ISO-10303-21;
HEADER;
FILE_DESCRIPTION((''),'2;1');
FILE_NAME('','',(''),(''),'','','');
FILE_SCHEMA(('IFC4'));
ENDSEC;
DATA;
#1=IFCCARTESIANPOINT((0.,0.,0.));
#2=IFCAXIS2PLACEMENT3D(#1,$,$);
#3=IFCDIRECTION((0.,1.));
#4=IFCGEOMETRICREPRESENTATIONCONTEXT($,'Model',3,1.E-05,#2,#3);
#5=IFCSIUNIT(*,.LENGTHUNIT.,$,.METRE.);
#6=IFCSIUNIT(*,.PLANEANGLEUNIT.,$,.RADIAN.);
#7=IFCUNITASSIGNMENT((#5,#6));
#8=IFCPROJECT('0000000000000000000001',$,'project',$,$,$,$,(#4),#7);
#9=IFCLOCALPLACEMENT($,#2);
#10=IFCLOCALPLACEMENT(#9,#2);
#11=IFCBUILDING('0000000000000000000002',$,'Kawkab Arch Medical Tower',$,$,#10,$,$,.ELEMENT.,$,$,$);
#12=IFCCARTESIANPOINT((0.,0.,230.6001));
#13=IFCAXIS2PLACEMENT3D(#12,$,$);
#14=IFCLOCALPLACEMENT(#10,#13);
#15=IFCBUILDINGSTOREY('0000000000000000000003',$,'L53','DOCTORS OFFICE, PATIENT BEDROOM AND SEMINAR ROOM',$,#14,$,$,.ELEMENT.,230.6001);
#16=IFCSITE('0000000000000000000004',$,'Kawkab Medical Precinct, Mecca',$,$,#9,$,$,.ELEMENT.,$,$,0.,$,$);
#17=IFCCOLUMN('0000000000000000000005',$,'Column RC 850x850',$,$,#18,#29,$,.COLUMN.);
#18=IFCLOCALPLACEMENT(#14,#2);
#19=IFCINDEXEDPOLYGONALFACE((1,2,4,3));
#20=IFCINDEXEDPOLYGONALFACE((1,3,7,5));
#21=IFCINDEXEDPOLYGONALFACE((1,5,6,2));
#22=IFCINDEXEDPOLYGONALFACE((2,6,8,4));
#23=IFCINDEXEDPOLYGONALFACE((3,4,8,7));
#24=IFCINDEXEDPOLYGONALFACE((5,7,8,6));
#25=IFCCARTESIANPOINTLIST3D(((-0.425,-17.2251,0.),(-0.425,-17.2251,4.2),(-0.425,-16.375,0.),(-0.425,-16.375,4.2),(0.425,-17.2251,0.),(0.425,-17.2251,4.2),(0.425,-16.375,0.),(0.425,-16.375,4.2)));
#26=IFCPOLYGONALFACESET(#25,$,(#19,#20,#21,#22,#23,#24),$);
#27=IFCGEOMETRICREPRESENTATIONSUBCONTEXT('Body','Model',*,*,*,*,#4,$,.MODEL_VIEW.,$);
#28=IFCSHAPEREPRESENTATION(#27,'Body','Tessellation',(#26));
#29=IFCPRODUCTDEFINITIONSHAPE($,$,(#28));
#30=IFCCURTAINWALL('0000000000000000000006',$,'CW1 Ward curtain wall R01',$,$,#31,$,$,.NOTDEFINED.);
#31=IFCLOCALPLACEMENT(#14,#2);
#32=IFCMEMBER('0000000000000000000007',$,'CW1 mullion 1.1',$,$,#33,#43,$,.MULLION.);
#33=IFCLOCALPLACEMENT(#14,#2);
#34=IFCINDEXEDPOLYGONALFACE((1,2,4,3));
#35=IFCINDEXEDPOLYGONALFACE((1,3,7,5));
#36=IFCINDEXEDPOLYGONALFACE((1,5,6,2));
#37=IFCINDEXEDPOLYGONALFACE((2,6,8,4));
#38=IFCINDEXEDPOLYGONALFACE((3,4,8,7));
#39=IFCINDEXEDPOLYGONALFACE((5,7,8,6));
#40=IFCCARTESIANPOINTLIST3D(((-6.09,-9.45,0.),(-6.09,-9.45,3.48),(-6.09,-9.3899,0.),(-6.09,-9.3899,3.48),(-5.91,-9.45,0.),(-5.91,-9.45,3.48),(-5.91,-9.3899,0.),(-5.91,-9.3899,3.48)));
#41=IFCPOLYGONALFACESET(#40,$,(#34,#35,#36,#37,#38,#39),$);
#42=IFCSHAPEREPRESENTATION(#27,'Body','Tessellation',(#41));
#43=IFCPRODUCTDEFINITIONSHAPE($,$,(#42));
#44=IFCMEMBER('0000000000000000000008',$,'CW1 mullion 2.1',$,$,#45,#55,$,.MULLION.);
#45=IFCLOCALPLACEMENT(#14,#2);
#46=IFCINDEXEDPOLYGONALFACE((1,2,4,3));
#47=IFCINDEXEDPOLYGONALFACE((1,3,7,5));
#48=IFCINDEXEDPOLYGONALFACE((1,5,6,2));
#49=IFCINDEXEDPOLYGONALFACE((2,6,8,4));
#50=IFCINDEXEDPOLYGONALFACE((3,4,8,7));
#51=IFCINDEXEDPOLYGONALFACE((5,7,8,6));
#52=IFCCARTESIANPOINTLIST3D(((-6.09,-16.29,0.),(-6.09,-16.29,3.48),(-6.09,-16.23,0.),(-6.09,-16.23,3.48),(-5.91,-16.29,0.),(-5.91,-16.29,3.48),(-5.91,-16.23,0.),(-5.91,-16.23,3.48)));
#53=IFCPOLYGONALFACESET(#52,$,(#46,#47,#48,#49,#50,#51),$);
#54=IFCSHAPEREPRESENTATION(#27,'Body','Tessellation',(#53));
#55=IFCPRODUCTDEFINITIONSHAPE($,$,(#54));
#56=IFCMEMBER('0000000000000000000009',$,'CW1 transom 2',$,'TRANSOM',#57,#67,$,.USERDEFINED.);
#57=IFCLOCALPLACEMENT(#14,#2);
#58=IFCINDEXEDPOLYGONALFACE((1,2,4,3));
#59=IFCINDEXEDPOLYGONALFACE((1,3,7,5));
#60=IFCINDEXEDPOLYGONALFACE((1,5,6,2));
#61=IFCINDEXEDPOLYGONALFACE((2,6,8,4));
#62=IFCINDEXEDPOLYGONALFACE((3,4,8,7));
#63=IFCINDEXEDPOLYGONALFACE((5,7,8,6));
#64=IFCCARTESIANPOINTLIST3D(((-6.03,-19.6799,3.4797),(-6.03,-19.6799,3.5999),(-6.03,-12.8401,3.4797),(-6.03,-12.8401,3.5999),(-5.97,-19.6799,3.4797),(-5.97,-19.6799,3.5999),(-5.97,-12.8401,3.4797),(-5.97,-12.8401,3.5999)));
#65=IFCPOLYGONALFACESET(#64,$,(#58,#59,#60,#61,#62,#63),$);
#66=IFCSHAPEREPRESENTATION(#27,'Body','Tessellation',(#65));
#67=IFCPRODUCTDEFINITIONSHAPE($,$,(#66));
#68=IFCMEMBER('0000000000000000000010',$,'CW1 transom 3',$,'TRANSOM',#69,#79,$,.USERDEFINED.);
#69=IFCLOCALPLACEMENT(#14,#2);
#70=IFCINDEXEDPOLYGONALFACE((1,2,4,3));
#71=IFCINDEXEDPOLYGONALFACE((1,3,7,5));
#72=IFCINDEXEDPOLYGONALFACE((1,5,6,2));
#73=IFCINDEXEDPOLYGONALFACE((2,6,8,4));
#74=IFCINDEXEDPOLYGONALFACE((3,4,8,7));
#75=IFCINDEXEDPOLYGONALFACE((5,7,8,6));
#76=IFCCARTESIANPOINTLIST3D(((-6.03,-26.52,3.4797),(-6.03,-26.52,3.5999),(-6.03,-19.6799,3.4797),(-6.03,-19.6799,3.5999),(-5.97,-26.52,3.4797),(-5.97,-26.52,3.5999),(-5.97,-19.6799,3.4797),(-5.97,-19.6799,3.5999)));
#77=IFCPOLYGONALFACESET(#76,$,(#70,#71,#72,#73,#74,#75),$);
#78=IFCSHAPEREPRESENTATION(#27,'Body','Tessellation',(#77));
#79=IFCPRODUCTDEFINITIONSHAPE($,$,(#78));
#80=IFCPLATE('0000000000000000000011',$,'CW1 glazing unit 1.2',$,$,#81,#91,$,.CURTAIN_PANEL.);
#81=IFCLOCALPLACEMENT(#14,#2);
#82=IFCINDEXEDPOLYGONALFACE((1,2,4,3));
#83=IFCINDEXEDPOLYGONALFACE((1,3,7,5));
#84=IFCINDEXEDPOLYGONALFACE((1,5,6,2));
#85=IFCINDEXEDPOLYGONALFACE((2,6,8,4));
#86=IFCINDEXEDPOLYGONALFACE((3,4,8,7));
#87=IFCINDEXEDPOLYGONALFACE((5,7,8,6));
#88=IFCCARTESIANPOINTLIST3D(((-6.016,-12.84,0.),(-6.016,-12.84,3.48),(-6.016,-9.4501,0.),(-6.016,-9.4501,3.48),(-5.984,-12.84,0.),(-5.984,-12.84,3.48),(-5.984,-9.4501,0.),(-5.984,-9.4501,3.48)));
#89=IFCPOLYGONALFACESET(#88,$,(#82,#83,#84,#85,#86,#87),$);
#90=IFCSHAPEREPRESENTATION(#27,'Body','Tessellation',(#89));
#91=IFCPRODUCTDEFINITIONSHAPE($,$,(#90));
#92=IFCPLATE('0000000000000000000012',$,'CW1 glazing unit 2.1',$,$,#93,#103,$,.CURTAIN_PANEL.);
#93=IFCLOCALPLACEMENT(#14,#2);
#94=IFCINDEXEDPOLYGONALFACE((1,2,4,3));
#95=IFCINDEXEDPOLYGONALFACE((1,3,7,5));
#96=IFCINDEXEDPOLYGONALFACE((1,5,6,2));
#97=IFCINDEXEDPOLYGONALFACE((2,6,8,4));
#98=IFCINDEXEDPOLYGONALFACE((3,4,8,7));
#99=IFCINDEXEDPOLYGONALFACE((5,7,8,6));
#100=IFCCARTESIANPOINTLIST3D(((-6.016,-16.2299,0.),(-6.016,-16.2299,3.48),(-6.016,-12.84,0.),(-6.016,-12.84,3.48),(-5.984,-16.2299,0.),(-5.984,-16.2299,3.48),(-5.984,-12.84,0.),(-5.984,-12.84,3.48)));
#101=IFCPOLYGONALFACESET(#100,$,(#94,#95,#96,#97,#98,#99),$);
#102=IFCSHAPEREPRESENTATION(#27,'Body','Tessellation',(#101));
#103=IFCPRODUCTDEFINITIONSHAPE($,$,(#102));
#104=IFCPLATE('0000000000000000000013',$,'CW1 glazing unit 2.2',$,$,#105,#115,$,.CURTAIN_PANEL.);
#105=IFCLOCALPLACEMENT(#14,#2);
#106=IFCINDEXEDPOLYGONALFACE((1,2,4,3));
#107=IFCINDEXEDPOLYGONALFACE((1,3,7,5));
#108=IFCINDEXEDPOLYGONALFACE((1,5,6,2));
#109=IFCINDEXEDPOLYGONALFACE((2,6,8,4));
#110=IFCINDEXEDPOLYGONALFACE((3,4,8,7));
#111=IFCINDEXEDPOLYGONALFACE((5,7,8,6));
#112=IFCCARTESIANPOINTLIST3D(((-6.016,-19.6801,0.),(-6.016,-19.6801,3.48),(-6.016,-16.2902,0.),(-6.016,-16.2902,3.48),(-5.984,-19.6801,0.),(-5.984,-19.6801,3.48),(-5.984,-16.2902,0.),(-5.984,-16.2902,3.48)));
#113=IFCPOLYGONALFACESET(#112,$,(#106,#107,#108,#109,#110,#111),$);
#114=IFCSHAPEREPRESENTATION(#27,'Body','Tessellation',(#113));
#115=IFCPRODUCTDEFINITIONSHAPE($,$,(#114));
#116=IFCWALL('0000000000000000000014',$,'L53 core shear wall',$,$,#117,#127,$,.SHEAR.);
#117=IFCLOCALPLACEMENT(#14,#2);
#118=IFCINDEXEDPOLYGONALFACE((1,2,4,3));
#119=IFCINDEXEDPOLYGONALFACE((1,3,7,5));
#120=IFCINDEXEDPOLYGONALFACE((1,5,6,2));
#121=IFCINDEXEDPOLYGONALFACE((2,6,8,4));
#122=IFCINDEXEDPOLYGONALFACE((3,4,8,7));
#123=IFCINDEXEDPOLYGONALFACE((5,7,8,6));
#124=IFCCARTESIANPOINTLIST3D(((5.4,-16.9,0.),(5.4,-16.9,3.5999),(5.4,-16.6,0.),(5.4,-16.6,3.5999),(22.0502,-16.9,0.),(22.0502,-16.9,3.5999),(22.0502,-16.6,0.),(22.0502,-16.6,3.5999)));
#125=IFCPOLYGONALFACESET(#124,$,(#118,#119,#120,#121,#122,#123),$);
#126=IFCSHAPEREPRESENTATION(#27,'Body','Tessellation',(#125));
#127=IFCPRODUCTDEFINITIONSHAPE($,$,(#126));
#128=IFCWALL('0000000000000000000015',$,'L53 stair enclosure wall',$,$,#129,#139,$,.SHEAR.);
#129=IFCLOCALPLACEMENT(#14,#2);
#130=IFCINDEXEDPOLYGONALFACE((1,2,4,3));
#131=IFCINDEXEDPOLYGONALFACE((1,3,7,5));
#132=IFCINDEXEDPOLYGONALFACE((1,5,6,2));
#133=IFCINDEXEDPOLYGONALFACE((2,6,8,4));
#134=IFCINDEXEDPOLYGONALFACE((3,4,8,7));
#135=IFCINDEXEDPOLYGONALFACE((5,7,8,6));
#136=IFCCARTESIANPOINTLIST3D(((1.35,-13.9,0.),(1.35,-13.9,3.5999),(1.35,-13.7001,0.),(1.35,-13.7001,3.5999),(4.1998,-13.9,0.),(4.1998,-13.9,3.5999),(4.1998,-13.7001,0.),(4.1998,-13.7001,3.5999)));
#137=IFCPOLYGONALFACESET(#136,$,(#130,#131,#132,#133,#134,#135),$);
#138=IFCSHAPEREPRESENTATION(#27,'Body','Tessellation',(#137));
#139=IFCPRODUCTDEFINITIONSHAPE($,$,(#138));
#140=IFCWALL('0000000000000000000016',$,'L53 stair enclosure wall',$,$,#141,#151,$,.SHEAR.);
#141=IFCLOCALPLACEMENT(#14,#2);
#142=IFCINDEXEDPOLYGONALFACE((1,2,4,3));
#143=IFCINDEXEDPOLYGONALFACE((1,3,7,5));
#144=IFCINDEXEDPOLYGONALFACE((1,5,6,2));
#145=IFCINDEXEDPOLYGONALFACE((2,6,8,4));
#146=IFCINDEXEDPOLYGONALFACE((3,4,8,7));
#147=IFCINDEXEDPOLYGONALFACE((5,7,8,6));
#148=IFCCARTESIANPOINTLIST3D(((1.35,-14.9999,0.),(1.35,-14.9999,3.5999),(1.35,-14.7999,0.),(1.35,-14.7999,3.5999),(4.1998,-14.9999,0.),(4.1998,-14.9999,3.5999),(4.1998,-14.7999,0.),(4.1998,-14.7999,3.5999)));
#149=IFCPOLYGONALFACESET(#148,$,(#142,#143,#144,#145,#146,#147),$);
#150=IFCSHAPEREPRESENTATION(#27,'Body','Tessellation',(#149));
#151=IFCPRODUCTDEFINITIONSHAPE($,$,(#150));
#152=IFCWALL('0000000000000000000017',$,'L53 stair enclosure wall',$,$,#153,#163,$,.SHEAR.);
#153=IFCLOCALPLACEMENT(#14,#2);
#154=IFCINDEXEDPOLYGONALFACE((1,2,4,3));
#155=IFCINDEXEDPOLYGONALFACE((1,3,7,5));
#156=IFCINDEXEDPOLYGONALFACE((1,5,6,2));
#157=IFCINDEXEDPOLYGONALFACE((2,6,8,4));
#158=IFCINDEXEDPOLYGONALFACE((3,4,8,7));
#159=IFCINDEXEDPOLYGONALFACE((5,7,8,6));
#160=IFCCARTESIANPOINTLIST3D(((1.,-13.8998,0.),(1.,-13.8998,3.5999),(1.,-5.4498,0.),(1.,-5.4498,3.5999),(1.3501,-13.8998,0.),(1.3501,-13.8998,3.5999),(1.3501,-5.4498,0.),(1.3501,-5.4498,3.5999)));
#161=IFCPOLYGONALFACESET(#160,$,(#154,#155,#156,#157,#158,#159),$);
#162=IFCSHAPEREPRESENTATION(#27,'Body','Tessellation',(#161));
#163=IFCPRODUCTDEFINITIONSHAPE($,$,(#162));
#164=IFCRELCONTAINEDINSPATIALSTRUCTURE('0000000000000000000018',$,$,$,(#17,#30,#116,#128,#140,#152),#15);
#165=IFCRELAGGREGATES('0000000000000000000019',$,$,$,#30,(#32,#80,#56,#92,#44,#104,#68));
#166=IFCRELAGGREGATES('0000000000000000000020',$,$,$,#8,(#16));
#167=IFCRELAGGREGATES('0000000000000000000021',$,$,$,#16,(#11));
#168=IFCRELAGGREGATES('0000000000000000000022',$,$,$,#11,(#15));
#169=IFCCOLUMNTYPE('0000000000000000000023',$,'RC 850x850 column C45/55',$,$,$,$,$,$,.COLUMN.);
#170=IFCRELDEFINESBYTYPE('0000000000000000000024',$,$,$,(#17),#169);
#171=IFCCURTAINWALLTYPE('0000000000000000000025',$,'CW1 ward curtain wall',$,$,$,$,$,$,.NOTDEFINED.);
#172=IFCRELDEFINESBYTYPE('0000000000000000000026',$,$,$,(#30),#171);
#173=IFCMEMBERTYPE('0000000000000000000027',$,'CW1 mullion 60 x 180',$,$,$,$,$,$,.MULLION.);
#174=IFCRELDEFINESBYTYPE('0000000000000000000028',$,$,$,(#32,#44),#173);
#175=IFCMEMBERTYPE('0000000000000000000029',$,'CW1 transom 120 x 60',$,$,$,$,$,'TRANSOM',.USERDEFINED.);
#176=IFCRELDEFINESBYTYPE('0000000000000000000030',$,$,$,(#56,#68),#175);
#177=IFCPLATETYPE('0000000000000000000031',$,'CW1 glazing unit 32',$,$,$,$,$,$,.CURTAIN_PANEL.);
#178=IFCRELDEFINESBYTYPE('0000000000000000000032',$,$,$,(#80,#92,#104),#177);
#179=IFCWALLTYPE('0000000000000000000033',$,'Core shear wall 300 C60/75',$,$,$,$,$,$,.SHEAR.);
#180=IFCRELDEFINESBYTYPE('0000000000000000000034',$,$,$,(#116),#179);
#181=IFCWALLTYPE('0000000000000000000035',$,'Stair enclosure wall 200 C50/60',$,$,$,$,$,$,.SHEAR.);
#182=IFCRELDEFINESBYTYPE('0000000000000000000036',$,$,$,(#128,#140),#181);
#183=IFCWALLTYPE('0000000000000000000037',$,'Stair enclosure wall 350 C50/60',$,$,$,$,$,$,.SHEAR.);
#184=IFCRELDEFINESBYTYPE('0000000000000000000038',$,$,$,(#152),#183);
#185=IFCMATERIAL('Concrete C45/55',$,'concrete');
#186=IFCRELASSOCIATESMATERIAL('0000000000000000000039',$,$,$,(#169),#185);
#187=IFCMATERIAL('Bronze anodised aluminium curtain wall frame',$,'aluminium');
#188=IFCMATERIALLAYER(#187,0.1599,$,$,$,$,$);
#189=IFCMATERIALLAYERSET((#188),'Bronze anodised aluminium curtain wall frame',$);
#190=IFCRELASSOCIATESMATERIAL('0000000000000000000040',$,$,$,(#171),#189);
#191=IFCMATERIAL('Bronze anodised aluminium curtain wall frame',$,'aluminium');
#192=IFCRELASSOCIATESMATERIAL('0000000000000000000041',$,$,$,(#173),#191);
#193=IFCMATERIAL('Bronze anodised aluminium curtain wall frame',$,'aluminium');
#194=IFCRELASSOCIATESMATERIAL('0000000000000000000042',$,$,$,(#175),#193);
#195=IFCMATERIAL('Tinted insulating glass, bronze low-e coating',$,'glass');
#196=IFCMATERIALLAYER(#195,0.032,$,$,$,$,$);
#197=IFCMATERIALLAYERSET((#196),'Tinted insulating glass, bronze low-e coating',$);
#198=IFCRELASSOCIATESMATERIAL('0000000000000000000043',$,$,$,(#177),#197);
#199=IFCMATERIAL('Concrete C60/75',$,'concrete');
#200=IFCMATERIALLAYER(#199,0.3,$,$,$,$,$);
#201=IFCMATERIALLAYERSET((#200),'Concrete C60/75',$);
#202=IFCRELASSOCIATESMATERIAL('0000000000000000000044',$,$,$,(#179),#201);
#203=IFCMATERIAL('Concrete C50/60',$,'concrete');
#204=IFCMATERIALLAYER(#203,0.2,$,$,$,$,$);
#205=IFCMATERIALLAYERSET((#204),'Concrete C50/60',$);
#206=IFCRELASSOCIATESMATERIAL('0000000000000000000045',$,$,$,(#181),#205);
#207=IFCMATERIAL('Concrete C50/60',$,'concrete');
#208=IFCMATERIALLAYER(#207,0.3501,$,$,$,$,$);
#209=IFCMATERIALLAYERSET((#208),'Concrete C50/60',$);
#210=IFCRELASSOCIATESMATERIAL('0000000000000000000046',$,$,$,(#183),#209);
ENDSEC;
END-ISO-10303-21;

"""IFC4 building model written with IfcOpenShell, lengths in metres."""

from ifc_helpers import new_model, si_unit, direction, frame, frame_2d, origin, origin_2d, place, context, subcontext, project, spatial, rectangle, extrude, material, layer, layer_set, material_profile, profile_set, type_object, element, aggregate, save


model = new_model("IFC4")

# Units and contexts
model_context = context("Model", 3, precision=1e-05, world=origin(), true_north=direction((0.0, 1.0)))
body_context = subcontext(model_context, "Body", "Model", "MODEL_VIEW")
ifc_project = project(units=[si_unit("LENGTHUNIT", "METRE"), si_unit("PLANEANGLEUNIT", "RADIAN")], contexts=[model_context])

# Site, building, storey
site_placement = place(None, origin())
site = spatial("IfcSite", under=ifc_project, at=site_placement, Name="Kawkab Medical Precinct, Mecca", CompositionType="ELEMENT", RefElevation=0.0)
building_placement = place(site_placement, origin())
building = spatial("IfcBuilding", under=site, at=building_placement, Name="Kawkab Arch Medical Tower", CompositionType="ELEMENT")
storey_placement = place(building_placement, frame((0.0, 0.0, 230.6001)))
storey = spatial("IfcBuildingStorey", under=building, at=storey_placement, Name="L53", Description="DOCTORS OFFICE, PATIENT BEDROOM AND SEMINAR ROOM", CompositionType="ELEMENT", Elevation=230.6001)

# Column
ifc_material_1 = material(Name="Concrete C45/55", Category="concrete")
ifc_material_profile_1 = material_profile(ifc_material_1, rectangle(XDim=0.8501, YDim=0.8501, at=origin_2d()), Name="RC 850x850")
ifc_profile_set_1 = profile_set([ifc_material_profile_1], Name="Concrete C45/55")
column_type = type_object("IfcColumnType", Name="RC 850x850 column C45/55", PredefinedType="COLUMN", material=ifc_profile_set_1)
column_placement = place(storey_placement, frame((0.0, -16.8, 0.0), z_axis=(0.0, 0.0, 1.0), x_axis=(1.0, 0.0, 0.0)))
element("IfcColumn", 1, at=column_placement, inside=storey, type_object=column_type, Name="Column RC 850x850", PredefinedType="COLUMN", context=body_context, shape_type="SweptSolid", body=[
    extrude(rectangle(XDim=0.8501, YDim=0.8501, at=origin_2d()), origin(), (0.0, 0.0, 1.0), 4.2),
])

# Curtain wall, members, plates
ifc_material_2 = material(Name="Bronze anodised aluminium curtain wall frame", Category="aluminium")
ifc_layer_1 = layer(ifc_material_2, 0.1599)
ifc_layer_set_1 = layer_set([ifc_layer_1], Name="Bronze anodised aluminium curtain wall frame")
curtain_wall_type = type_object("IfcCurtainWallType", Name="CW1 ward curtain wall", PredefinedType="NOTDEFINED", material=ifc_layer_set_1)
placement = place(storey_placement, origin())
curtain_wall = element("IfcCurtainWall", 2, at=placement, inside=storey, type_object=curtain_wall_type, Name="CW1 Ward curtain wall R01", PredefinedType="NOTDEFINED")
ifc_material_3 = material(Name="Bronze anodised aluminium curtain wall frame", Category="aluminium")
ifc_material_profile_2 = material_profile(ifc_material_3, rectangle(XDim=0.1799, YDim=0.0601, at=origin_2d()), Name="AL 60x180")
ifc_profile_set_2 = profile_set([ifc_material_profile_2], Name="Bronze anodised aluminium curtain wall frame")
member_type_1 = type_object("IfcMemberType", Name="CW1 mullion 60 x 180", PredefinedType="MULLION", material=ifc_profile_set_2)
member_1_placement = place(storey_placement, frame((-6.0, -9.4199, 0.0), z_axis=(0.0, 0.0, 1.0), x_axis=(1.0, 0.0, 0.0)))
member_1 = element("IfcMember", 3, at=member_1_placement, type_object=member_type_1, Name="CW1 mullion 1.1", PredefinedType="MULLION", context=body_context, shape_type="SweptSolid", body=[
    extrude(rectangle(XDim=0.1799, YDim=0.0601, at=origin_2d()), origin(), (0.0, 0.0, 1.0), 3.48),
])
member_2_placement = place(storey_placement, frame((-6.0, -16.26, 0.0), z_axis=(0.0, 0.0, 1.0), x_axis=(1.0, 0.0, 0.0)))
member_2 = element("IfcMember", 4, at=member_2_placement, type_object=member_type_1, Name="CW1 mullion 2.1", PredefinedType="MULLION", context=body_context, shape_type="SweptSolid", body=[
    extrude(rectangle(XDim=0.1799, YDim=0.0601, at=origin_2d()), origin(), (0.0, 0.0, 1.0), 3.48),
])
ifc_material_4 = material(Name="Bronze anodised aluminium curtain wall frame", Category="aluminium")
ifc_material_profile_3 = material_profile(ifc_material_4, rectangle(XDim=0.0601, YDim=0.1201, at=origin_2d()), Name="AL 60x120")
ifc_profile_set_3 = profile_set([ifc_material_profile_3], Name="Bronze anodised aluminium curtain wall frame")
member_type_2 = type_object("IfcMemberType", Name="CW1 transom 120 x 60", ElementType="TRANSOM", PredefinedType="USERDEFINED", material=ifc_profile_set_3)
member_3_placement = place(storey_placement, frame((-6.0, -12.8401, 3.5398), z_axis=(0.0, -1.0, 0.0), x_axis=(1.0, 0.0, 0.0)))
member_3 = element("IfcMember", 5, at=member_3_placement, type_object=member_type_2, Name="CW1 transom 2", ObjectType="TRANSOM", PredefinedType="USERDEFINED", context=body_context, shape_type="SweptSolid", body=[
    extrude(rectangle(XDim=0.0601, YDim=0.1201, at=origin_2d()), origin(), (0.0, 0.0, 1.0), 6.8398),
])
member_4_placement = place(storey_placement, frame((-6.0, -19.6799, 3.5398), z_axis=(0.0, -1.0, 0.0), x_axis=(1.0, 0.0, 0.0)))
member_4 = element("IfcMember", 6, at=member_4_placement, type_object=member_type_2, Name="CW1 transom 3", ObjectType="TRANSOM", PredefinedType="USERDEFINED", context=body_context, shape_type="SweptSolid", body=[
    extrude(rectangle(XDim=0.0601, YDim=0.1201, at=origin_2d()), origin(), (0.0, 0.0, 1.0), 6.8401),
])
ifc_material_5 = material(Name="Tinted insulating glass, bronze low-e coating", Category="glass")
ifc_layer_2 = layer(ifc_material_5, 0.032)
ifc_layer_set_2 = layer_set([ifc_layer_2], Name="Tinted insulating glass, bronze low-e coating")
plate_type = type_object("IfcPlateType", Name="CW1 glazing unit 32", PredefinedType="CURTAIN_PANEL", material=ifc_layer_set_2)
plate_1_placement = place(storey_placement, frame((-6.0, -11.145, 0.0), z_axis=(0.0, 0.0, 1.0), x_axis=(0.0, -1.0, 0.0)))
plate_1 = element("IfcPlate", 7, at=plate_1_placement, type_object=plate_type, Name="CW1 glazing unit 1.2", PredefinedType="CURTAIN_PANEL", context=body_context, shape_type="SweptSolid", body=[
    extrude(rectangle(XDim=3.3899, YDim=0.032, at=origin_2d()), origin(), (0.0, 0.0, 1.0), 3.48),
])
plate_2_placement = place(storey_placement, frame((-6.0, -14.5349, 0.0), z_axis=(0.0, 0.0, 1.0), x_axis=(0.0, -1.0, 0.0)))
plate_2 = element("IfcPlate", 8, at=plate_2_placement, type_object=plate_type, Name="CW1 glazing unit 2.1", PredefinedType="CURTAIN_PANEL", context=body_context, shape_type="SweptSolid", body=[
    extrude(rectangle(XDim=3.3899, YDim=0.032, at=origin_2d()), origin(), (0.0, 0.0, 1.0), 3.48),
])
plate_3_placement = place(storey_placement, frame((-6.0, -17.9851, 0.0), z_axis=(0.0, 0.0, 1.0), x_axis=(0.0, -1.0, 0.0)))
plate_3 = element("IfcPlate", 9, at=plate_3_placement, type_object=plate_type, Name="CW1 glazing unit 2.2", PredefinedType="CURTAIN_PANEL", context=body_context, shape_type="SweptSolid", body=[
    extrude(rectangle(XDim=3.3899, YDim=0.032, at=origin_2d()), origin(), (0.0, 0.0, 1.0), 3.48),
])
aggregate(curtain_wall, [member_1, plate_1, member_3, plate_2, member_2, plate_3, member_4])

# Walls
ifc_material_6 = material(Name="Concrete C60/75", Category="concrete")
ifc_layer_3 = layer(ifc_material_6, 0.3)
ifc_layer_set_3 = layer_set([ifc_layer_3], Name="Concrete C60/75")
wall_type_1 = type_object("IfcWallType", Name="Core shear wall 300 C60/75", PredefinedType="SHEAR", material=ifc_layer_set_3)
wall_1_placement = place(storey_placement, frame((5.3999, -16.75, 0.0), z_axis=(0.0, 0.0, 1.0), x_axis=(1.0, 0.0, 0.0)))
element("IfcWall", 10, at=wall_1_placement, inside=storey, type_object=wall_type_1, Name="L53 core shear wall", PredefinedType="SHEAR", context=body_context, shape_type="SweptSolid", body=[
    extrude(rectangle(XDim=16.6501, YDim=0.3, at=frame_2d((8.3252, 0.0))), origin(), (0.0, 0.0, 1.0), 3.5999),
])
ifc_material_7 = material(Name="Concrete C50/60", Category="concrete")
ifc_layer_4 = layer(ifc_material_7, 0.2)
ifc_layer_set_4 = layer_set([ifc_layer_4], Name="Concrete C50/60")
wall_type_2 = type_object("IfcWallType", Name="Stair enclosure wall 200 C50/60", PredefinedType="SHEAR", material=ifc_layer_set_4)
for number, where, z_axis, x_axis, name in (
    (11, (1.3501, -13.8, 0.0), (0.0, 0.0, 1.0), (1.0, 0.0, 0.0), "L53 stair enclosure wall"),
    (12, (1.3501, -14.8999, 0.0), (0.0, 0.0, 1.0), (1.0, 0.0, 0.0), "L53 stair enclosure wall"),
):
    element("IfcWall", number, at=place(storey_placement, frame(where, z_axis=z_axis, x_axis=x_axis)), inside=storey, type_object=wall_type_2, Name=name, PredefinedType="SHEAR", context=body_context, shape_type="SweptSolid", body=[
        extrude(rectangle(XDim=2.8499, YDim=0.2, at=frame_2d((1.4248, 0.0))), origin(), (0.0, 0.0, 1.0), 3.5999),
    ])
ifc_material_8 = material(Name="Concrete C50/60", Category="concrete")
ifc_layer_5 = layer(ifc_material_8, 0.3501)
ifc_layer_set_5 = layer_set([ifc_layer_5], Name="Concrete C50/60")
wall_type_3 = type_object("IfcWallType", Name="Stair enclosure wall 350 C50/60", PredefinedType="SHEAR", material=ifc_layer_set_5)
wall_2_placement = place(storey_placement, frame((1.175, -13.8999, 0.0), z_axis=(0.0, 0.0, 1.0), x_axis=(0.0, 1.0, 0.0)))
element("IfcWall", 13, at=wall_2_placement, inside=storey, type_object=wall_type_3, Name="L53 stair enclosure wall", PredefinedType="SHEAR", context=body_context, shape_type="SweptSolid", body=[
    extrude(rectangle(XDim=8.45, YDim=0.3501, at=frame_2d((4.2251, 0.0))), origin(), (0.0, 0.0, 1.0), 3.5999),
])

save(model, "model.ifc")
